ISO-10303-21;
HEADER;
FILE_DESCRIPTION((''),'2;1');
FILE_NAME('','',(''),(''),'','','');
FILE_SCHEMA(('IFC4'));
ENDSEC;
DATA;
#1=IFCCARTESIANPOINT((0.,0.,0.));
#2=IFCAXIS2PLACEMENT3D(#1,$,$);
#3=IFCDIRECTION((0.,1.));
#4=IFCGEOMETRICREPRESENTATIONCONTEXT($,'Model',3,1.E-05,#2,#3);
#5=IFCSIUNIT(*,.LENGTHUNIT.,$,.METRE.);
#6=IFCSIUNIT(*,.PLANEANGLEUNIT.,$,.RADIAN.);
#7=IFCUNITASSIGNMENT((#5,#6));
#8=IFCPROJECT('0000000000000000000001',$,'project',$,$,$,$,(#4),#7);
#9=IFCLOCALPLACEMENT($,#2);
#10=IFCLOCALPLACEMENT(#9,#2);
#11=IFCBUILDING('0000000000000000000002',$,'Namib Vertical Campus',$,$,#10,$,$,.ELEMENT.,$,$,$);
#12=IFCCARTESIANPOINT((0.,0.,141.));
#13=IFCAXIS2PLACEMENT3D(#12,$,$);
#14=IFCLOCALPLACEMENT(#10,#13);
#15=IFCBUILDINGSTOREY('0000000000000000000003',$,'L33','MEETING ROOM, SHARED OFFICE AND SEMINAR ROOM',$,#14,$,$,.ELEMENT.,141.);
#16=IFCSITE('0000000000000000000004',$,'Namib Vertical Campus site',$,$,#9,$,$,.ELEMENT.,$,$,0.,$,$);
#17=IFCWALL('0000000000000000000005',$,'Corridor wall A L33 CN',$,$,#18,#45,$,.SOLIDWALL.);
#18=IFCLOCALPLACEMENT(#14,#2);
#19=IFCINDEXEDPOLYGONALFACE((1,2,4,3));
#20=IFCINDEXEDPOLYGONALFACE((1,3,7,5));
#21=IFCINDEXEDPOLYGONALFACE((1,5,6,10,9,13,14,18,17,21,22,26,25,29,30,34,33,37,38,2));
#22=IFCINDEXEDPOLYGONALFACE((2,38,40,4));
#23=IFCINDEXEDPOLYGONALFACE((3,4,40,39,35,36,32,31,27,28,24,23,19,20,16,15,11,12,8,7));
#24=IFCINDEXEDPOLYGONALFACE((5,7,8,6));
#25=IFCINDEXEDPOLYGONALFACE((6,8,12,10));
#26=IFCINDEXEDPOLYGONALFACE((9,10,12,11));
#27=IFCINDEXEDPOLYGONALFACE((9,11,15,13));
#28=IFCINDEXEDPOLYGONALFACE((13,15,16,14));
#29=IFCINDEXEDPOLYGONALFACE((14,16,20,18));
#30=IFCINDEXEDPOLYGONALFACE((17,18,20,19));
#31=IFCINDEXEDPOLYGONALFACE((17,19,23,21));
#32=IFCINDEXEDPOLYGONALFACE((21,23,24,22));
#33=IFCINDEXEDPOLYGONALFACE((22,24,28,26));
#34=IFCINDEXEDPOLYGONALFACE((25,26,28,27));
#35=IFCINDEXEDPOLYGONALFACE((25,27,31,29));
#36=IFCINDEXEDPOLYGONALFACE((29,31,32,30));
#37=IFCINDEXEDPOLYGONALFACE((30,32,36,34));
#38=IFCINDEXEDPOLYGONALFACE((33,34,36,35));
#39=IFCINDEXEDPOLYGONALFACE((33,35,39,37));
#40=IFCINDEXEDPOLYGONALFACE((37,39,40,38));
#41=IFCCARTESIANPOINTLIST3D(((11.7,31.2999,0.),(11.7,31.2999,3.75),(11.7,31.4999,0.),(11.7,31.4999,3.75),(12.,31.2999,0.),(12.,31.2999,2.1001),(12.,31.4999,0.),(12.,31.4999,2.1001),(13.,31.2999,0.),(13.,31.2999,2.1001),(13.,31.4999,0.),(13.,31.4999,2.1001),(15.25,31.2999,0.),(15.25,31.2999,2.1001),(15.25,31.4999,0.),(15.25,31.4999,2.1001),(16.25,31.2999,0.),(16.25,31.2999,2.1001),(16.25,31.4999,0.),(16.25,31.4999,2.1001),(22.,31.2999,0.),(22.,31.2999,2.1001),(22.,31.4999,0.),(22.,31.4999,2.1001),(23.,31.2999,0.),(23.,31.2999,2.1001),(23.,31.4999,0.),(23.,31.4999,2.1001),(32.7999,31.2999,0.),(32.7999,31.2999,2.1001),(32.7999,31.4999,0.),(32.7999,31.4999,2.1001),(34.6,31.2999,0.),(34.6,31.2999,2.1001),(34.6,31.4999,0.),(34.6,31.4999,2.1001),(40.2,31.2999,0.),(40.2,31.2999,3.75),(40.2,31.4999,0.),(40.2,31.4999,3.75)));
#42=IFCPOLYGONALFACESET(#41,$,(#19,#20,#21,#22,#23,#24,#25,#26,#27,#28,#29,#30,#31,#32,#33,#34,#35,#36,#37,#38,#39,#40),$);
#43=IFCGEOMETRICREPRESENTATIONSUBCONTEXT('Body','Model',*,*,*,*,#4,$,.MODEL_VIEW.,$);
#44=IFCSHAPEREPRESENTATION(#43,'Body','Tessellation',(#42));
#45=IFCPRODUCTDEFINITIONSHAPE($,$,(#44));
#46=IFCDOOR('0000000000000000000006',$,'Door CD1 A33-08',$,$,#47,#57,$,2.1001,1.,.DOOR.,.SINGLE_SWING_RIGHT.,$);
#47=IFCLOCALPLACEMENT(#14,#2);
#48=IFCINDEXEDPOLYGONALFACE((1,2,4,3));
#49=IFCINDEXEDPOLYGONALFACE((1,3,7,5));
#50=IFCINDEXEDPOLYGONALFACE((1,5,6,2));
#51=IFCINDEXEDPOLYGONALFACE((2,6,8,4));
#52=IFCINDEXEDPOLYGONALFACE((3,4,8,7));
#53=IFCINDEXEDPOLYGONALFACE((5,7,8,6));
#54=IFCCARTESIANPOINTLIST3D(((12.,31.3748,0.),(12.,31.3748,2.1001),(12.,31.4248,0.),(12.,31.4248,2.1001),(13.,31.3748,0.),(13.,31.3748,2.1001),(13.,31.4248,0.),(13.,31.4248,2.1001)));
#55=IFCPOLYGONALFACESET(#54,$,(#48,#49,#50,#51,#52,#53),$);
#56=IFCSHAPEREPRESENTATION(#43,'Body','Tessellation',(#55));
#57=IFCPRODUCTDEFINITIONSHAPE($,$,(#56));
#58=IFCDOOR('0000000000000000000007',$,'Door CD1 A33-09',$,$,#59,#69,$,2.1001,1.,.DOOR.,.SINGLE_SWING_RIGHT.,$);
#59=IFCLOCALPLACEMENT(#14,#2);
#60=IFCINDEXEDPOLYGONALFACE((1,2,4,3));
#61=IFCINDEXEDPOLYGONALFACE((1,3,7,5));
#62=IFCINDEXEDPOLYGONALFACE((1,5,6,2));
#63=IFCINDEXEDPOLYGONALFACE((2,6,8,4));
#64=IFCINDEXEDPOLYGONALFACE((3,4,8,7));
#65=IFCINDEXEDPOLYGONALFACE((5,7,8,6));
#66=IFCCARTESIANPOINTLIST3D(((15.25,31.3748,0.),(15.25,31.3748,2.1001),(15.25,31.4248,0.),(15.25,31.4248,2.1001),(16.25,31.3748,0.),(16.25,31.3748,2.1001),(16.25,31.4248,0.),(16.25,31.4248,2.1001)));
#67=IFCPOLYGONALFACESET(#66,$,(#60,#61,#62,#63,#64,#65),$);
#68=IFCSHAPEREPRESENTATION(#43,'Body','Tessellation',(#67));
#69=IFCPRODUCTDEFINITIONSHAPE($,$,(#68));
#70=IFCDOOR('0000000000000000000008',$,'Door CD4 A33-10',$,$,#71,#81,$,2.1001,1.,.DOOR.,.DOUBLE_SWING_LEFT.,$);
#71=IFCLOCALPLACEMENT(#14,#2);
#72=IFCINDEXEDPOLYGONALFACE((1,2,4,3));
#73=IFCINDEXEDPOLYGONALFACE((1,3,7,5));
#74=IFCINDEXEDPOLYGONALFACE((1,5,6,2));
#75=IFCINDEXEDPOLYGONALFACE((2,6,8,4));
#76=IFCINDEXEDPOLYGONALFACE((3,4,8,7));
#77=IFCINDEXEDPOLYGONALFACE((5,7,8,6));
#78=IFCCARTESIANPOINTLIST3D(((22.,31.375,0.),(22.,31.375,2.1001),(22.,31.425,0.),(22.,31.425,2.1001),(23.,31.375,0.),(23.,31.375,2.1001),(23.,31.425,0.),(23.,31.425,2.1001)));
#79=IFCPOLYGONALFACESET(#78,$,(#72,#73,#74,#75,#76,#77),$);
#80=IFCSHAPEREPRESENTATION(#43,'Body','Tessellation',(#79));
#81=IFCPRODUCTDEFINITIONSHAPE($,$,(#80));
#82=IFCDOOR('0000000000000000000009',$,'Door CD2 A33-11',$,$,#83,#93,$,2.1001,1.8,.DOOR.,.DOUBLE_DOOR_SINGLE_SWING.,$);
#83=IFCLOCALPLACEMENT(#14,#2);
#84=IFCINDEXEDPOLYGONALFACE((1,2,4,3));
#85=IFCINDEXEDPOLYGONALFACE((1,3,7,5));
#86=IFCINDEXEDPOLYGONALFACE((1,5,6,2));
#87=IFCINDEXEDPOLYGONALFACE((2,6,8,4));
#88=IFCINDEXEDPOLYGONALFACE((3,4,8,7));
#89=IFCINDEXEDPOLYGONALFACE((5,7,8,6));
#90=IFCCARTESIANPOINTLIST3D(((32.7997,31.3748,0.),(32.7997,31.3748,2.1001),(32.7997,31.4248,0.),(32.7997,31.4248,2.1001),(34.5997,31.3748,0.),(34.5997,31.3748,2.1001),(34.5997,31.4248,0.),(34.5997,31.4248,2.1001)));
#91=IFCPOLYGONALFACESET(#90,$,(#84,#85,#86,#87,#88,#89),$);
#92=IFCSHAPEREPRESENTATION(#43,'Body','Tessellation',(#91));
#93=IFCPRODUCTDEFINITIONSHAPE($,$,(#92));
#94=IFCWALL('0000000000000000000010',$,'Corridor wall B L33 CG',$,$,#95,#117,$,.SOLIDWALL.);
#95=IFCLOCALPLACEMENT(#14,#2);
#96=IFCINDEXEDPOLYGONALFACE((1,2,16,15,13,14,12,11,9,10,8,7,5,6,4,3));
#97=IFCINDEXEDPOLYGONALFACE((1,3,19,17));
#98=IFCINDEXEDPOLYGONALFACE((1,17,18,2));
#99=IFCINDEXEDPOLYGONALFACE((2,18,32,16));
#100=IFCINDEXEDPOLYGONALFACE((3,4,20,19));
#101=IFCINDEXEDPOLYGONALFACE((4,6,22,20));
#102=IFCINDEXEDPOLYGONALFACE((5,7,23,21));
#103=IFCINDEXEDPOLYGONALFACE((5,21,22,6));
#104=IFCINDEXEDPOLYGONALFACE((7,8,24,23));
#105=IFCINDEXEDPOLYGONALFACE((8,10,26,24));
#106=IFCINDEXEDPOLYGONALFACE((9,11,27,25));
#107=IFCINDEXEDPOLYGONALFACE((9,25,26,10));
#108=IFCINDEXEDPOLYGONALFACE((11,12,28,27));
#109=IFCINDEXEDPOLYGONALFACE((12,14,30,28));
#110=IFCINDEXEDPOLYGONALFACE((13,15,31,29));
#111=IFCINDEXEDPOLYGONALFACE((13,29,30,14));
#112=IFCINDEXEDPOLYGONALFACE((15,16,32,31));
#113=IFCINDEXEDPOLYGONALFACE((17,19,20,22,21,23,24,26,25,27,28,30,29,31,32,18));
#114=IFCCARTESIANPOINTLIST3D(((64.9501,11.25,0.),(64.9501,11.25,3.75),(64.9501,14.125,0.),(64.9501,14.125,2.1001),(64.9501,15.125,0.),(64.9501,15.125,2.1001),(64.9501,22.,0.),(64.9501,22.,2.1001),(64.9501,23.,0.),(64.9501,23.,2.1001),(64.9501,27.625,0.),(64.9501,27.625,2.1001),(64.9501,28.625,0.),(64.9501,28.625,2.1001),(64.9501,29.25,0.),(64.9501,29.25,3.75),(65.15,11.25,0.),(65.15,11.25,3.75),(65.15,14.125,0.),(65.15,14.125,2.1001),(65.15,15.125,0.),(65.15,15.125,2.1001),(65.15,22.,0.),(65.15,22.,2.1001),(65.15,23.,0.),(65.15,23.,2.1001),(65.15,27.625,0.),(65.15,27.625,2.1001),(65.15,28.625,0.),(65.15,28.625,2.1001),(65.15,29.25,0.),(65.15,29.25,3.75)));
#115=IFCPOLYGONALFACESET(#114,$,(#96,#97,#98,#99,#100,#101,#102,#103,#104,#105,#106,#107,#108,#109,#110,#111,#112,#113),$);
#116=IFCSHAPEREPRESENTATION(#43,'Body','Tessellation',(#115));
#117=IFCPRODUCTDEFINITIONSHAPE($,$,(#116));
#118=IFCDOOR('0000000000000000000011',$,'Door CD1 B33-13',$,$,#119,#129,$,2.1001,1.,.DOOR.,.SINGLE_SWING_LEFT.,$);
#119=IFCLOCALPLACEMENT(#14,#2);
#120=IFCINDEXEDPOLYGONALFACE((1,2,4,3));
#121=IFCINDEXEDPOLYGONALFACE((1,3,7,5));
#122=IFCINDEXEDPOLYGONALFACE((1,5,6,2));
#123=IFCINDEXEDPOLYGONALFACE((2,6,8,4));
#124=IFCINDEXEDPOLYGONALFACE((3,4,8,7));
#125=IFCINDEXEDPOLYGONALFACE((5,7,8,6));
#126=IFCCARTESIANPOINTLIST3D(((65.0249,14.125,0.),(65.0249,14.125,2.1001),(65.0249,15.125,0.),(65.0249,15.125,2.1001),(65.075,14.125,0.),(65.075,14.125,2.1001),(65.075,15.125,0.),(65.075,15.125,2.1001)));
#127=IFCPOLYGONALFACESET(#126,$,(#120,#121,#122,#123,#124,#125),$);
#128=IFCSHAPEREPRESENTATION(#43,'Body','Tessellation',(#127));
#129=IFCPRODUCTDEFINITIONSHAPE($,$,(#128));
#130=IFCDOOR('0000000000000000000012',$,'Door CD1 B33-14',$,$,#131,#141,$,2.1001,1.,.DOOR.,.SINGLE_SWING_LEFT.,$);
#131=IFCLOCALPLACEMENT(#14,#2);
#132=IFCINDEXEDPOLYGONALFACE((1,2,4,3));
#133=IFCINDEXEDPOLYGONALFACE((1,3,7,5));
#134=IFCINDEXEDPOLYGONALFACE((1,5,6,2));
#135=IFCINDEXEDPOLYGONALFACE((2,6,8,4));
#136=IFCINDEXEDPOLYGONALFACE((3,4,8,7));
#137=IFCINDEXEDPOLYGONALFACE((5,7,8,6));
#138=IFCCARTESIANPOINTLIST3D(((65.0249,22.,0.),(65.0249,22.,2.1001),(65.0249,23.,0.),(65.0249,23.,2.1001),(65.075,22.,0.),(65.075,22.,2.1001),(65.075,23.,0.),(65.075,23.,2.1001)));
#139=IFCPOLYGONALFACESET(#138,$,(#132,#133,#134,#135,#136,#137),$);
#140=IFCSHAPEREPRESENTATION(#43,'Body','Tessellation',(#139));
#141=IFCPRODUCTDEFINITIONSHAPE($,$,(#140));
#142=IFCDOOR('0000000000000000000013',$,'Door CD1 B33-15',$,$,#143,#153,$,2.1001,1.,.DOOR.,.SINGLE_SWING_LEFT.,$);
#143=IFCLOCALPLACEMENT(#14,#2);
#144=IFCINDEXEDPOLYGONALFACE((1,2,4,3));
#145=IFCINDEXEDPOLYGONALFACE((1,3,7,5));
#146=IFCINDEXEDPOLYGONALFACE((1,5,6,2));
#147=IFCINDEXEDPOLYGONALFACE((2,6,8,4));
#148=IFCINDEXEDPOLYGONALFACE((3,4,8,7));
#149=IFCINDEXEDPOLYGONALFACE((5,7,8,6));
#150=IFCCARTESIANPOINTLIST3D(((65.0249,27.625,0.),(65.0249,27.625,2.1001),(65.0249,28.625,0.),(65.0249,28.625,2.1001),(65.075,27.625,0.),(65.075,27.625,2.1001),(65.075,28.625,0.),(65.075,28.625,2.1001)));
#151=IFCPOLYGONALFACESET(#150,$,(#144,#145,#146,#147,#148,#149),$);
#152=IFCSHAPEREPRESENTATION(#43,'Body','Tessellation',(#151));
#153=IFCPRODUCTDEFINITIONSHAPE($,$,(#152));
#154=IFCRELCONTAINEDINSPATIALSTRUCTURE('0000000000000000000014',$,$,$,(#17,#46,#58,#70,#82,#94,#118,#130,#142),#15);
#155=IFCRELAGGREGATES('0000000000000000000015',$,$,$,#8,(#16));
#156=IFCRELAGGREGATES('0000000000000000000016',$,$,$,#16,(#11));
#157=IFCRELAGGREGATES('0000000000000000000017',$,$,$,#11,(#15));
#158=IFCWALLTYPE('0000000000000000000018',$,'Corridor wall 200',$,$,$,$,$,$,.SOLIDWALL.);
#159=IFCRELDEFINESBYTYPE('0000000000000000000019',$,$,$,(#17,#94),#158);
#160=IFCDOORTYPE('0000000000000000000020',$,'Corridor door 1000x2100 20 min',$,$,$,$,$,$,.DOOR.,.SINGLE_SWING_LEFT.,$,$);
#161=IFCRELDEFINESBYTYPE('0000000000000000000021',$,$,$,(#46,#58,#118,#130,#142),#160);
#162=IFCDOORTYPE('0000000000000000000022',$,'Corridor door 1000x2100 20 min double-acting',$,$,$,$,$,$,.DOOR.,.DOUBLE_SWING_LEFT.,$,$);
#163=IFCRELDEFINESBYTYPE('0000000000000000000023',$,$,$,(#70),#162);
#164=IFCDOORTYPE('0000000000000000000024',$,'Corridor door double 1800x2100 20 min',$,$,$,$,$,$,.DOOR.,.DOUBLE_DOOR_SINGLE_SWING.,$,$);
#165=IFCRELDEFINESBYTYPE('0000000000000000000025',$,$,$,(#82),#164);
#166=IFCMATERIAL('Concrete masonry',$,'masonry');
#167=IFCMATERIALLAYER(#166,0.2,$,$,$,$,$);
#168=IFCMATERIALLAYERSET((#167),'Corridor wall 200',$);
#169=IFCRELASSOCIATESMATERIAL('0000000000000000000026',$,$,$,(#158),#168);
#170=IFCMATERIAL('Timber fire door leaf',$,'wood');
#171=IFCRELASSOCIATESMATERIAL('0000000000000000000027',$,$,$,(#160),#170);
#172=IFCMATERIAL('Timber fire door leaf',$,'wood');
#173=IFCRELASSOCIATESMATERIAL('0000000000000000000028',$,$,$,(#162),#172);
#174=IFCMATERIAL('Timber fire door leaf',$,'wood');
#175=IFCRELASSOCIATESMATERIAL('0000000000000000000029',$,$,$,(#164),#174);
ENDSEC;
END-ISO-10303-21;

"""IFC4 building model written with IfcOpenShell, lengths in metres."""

from ifc_helpers import new_model, si_unit, direction, frame, frame_2d, origin, place, context, subcontext, project, spatial, rectangle, extrude, material, layer, layer_set, type_object, element, fill, save


model = new_model("IFC4")

# Units and contexts
model_context = context("Model", 3, precision=1e-05, world=origin(), true_north=direction((0.0, 1.0)))
body_context = subcontext(model_context, "Body", "Model", "MODEL_VIEW")
ifc_project = project(units=[si_unit("LENGTHUNIT", "METRE"), si_unit("PLANEANGLEUNIT", "RADIAN")], contexts=[model_context])

# Site, building, storey
site_placement = place(None, origin())
site = spatial("IfcSite", under=ifc_project, at=site_placement, Name="Namib Vertical Campus site", CompositionType="ELEMENT", RefElevation=0.0)
building_placement = place(site_placement, origin())
building = spatial("IfcBuilding", under=site, at=building_placement, Name="Namib Vertical Campus", CompositionType="ELEMENT")
storey_placement = place(building_placement, frame((0.0, 0.0, 141.0)))
storey = spatial("IfcBuildingStorey", under=building, at=storey_placement, Name="L33", Description="MEETING ROOM, SHARED OFFICE AND SEMINAR ROOM", CompositionType="ELEMENT", Elevation=141.0)

# Walls, openings, doors
ifc_material_1 = material(Name="Concrete masonry", Category="masonry")
ifc_layer_1 = layer(ifc_material_1, 0.2)
ifc_layer_set_1 = layer_set([ifc_layer_1], Name="Corridor wall 200")
wall_type_1 = type_object("IfcWallType", Name="Corridor wall 200", PredefinedType="SOLIDWALL", material=ifc_layer_set_1)
wall_1_placement = place(storey_placement, frame((40.2, 31.3999, 0.0), z_axis=(0.0, 0.0, 1.0), x_axis=(-1.0, 0.0, 0.0)))
wall_1 = element("IfcWall", 1, at=wall_1_placement, inside=storey, type_object=wall_type_1, Name="Corridor wall A L33 CN", PredefinedType="SOLIDWALL", context=body_context, shape_type="SweptSolid", body=[
    extrude(rectangle(XDim=28.5, YDim=0.2, at=frame_2d((14.25, 0.0))), origin(), (0.0, 0.0, 1.0), 3.75),
])
opening_1_placement = place(wall_1_placement, frame((27.2, 0.0, 0.0)))
opening_1 = element("IfcOpeningElement", 2, at=opening_1_placement, cuts=wall_1, PredefinedType="OPENING", context=body_context, shape_type="SweptSolid", body=[
    extrude(rectangle(XDim=1.0, YDim=2.1001, at=frame_2d((0.5, 1.05))), frame((0.0, 0.1099, 0.0), z_axis=(0.0, -1.0, 0.0), x_axis=(1.0, 0.0, 0.0)), (0.0, 0.0, 1.0), 0.22),
])
opening_2_placement = place(wall_1_placement, frame((23.95, 0.0, 0.0)))
opening_2 = element("IfcOpeningElement", 3, at=opening_2_placement, cuts=wall_1, PredefinedType="OPENING", context=body_context, shape_type="SweptSolid", body=[
    extrude(rectangle(XDim=1.0, YDim=2.1001, at=frame_2d((0.5, 1.05))), frame((0.0, 0.1099, 0.0), z_axis=(0.0, -1.0, 0.0), x_axis=(1.0, 0.0, 0.0)), (0.0, 0.0, 1.0), 0.22),
])
opening_3_placement = place(wall_1_placement, frame((17.2, 0.0, 0.0)))
opening_3 = element("IfcOpeningElement", 4, at=opening_3_placement, cuts=wall_1, PredefinedType="OPENING", context=body_context, shape_type="SweptSolid", body=[
    extrude(rectangle(XDim=1.0, YDim=2.1001, at=frame_2d((0.5, 1.05))), frame((0.0, 0.1099, 0.0), z_axis=(0.0, -1.0, 0.0), x_axis=(1.0, 0.0, 0.0)), (0.0, 0.0, 1.0), 0.22),
])
opening_4_placement = place(wall_1_placement, frame((5.6001, 0.0, 0.0)))
opening_4 = element("IfcOpeningElement", 5, at=opening_4_placement, cuts=wall_1, PredefinedType="OPENING", context=body_context, shape_type="SweptSolid", body=[
    extrude(rectangle(XDim=1.8, YDim=2.1001, at=frame_2d((0.8999, 1.05))), frame((0.0, 0.1099, 0.0), z_axis=(0.0, -1.0, 0.0), x_axis=(1.0, 0.0, 0.0)), (0.0, 0.0, 1.0), 0.22),
])
ifc_material_2 = material(Name="Timber fire door leaf", Category="wood")
door_type_1 = type_object("IfcDoorType", Name="Corridor door 1000x2100 20 min", OperationType="SINGLE_SWING_LEFT", PredefinedType="DOOR", material=ifc_material_2)
door_1_placement = place(opening_1_placement, frame((1.0, 0.0, 0.0), z_axis=(0.0, 0.0, 1.0), x_axis=(-1.0, 0.0, 0.0)))
door_1 = element("IfcDoor", 6, at=door_1_placement, inside=storey, type_object=door_type_1, Name="Door CD1 A33-08", OperationType="SINGLE_SWING_RIGHT", OverallHeight=2.1001, OverallWidth=1.0, PredefinedType="DOOR", context=body_context, shape_type="SweptSolid", body=[
    extrude(rectangle(XDim=1.0, YDim=2.1001, at=frame_2d((0.5, 1.05))), frame((0.0, 0.0249, 0.0), z_axis=(0.0, -1.0, 0.0), x_axis=(1.0, 0.0, 0.0)), (0.0, 0.0, 1.0), 0.05),
])
fill(opening_1, door_1)
door_2_placement = place(opening_2_placement, frame((1.0, 0.0, 0.0), z_axis=(0.0, 0.0, 1.0), x_axis=(-1.0, 0.0, 0.0)))
door_2 = element("IfcDoor", 7, at=door_2_placement, inside=storey, type_object=door_type_1, Name="Door CD1 A33-09", OperationType="SINGLE_SWING_RIGHT", OverallHeight=2.1001, OverallWidth=1.0, PredefinedType="DOOR", context=body_context, shape_type="SweptSolid", body=[
    extrude(rectangle(XDim=1.0, YDim=2.1001, at=frame_2d((0.5, 1.05))), frame((0.0, 0.0249, 0.0), z_axis=(0.0, -1.0, 0.0), x_axis=(1.0, 0.0, 0.0)), (0.0, 0.0, 1.0), 0.05),
])
fill(opening_2, door_2)
ifc_material_3 = material(Name="Timber fire door leaf", Category="wood")
door_type_2 = type_object("IfcDoorType", Name="Corridor door 1000x2100 20 min double-acting", OperationType="DOUBLE_SWING_LEFT", PredefinedType="DOOR", material=ifc_material_3)
door_3_placement = place(opening_3_placement, origin())
door_3 = element("IfcDoor", 8, at=door_3_placement, inside=storey, type_object=door_type_2, Name="Door CD4 A33-10", OperationType="DOUBLE_SWING_LEFT", OverallHeight=2.1001, OverallWidth=1.0, PredefinedType="DOOR", context=body_context, shape_type="SweptSolid", body=[
    extrude(rectangle(XDim=1.0, YDim=2.1001, at=frame_2d((0.5, 1.05))), frame((0.0, 0.0249, 0.0), z_axis=(0.0, -1.0, 0.0), x_axis=(1.0, 0.0, 0.0)), (0.0, 0.0, 1.0), 0.05),
])
fill(opening_3, door_3)
ifc_material_4 = material(Name="Timber fire door leaf", Category="wood")
door_type_3 = type_object("IfcDoorType", Name="Corridor door double 1800x2100 20 min", OperationType="DOUBLE_DOOR_SINGLE_SWING", PredefinedType="DOOR", material=ifc_material_4)
door_4_placement = place(opening_4_placement, frame((1.8, 0.0, 0.0), z_axis=(0.0, 0.0, 1.0), x_axis=(-1.0, 0.0, 0.0)))
door_4 = element("IfcDoor", 9, at=door_4_placement, inside=storey, type_object=door_type_3, Name="Door CD2 A33-11", OperationType="DOUBLE_DOOR_SINGLE_SWING", OverallHeight=2.1001, OverallWidth=1.8, PredefinedType="DOOR", context=body_context, shape_type="SweptSolid", body=[
    extrude(rectangle(XDim=1.8, YDim=2.1001, at=frame_2d((0.8999, 1.05))), frame((0.0, 0.0249, 0.0), z_axis=(0.0, -1.0, 0.0), x_axis=(1.0, 0.0, 0.0)), (0.0, 0.0, 1.0), 0.05),
])
fill(opening_4, door_4)
wall_2_placement = place(storey_placement, frame((65.05, 29.25, 0.0), z_axis=(0.0, 0.0, 1.0), x_axis=(0.0, -1.0, 0.0)))
wall_2 = element("IfcWall", 10, at=wall_2_placement, inside=storey, type_object=wall_type_1, Name="Corridor wall B L33 CG", PredefinedType="SOLIDWALL", context=body_context, shape_type="SweptSolid", body=[
    extrude(rectangle(XDim=18.0, YDim=0.2, at=frame_2d((9.0, 0.0))), origin(), (0.0, 0.0, 1.0), 3.75),
])
opening_5_placement = place(wall_2_placement, frame((14.125, 0.0, 0.0)))
opening_5 = element("IfcOpeningElement", 11, at=opening_5_placement, cuts=wall_2, PredefinedType="OPENING", context=body_context, shape_type="SweptSolid", body=[
    extrude(rectangle(XDim=1.0, YDim=2.1001, at=frame_2d((0.5, 1.05))), frame((0.0, 0.1099, 0.0), z_axis=(0.0, -1.0, 0.0), x_axis=(1.0, 0.0, 0.0)), (0.0, 0.0, 1.0), 0.22),
])
opening_6_placement = place(wall_2_placement, frame((6.25, 0.0, 0.0)))
opening_6 = element("IfcOpeningElement", 12, at=opening_6_placement, cuts=wall_2, PredefinedType="OPENING", context=body_context, shape_type="SweptSolid", body=[
    extrude(rectangle(XDim=1.0, YDim=2.1001, at=frame_2d((0.5, 1.05))), frame((0.0, 0.1099, 0.0), z_axis=(0.0, -1.0, 0.0), x_axis=(1.0, 0.0, 0.0)), (0.0, 0.0, 1.0), 0.22),
])
opening_7_placement = place(wall_2_placement, frame((0.625, 0.0, 0.0)))
opening_7 = element("IfcOpeningElement", 13, at=opening_7_placement, cuts=wall_2, PredefinedType="OPENING", context=body_context, shape_type="SweptSolid", body=[
    extrude(rectangle(XDim=1.0, YDim=2.1001, at=frame_2d((0.5, 1.05))), frame((0.0, 0.1099, 0.0), z_axis=(0.0, -1.0, 0.0), x_axis=(1.0, 0.0, 0.0)), (0.0, 0.0, 1.0), 0.22),
])
door_5_placement = place(opening_5_placement, origin())
door_5 = element("IfcDoor", 14, at=door_5_placement, inside=storey, type_object=door_type_1, Name="Door CD1 B33-13", OperationType="SINGLE_SWING_LEFT", OverallHeight=2.1001, OverallWidth=1.0, PredefinedType="DOOR", context=body_context, shape_type="SweptSolid", body=[
    extrude(rectangle(XDim=1.0, YDim=2.1001, at=frame_2d((0.5, 1.05))), frame((0.0, 0.0249, 0.0), z_axis=(0.0, -1.0, 0.0), x_axis=(1.0, 0.0, 0.0)), (0.0, 0.0, 1.0), 0.05),
])
fill(opening_5, door_5)
door_6_placement = place(opening_6_placement, origin())
door_6 = element("IfcDoor", 15, at=door_6_placement, inside=storey, type_object=door_type_1, Name="Door CD1 B33-14", OperationType="SINGLE_SWING_LEFT", OverallHeight=2.1001, OverallWidth=1.0, PredefinedType="DOOR", context=body_context, shape_type="SweptSolid", body=[
    extrude(rectangle(XDim=1.0, YDim=2.1001, at=frame_2d((0.5, 1.05))), frame((0.0, 0.0249, 0.0), z_axis=(0.0, -1.0, 0.0), x_axis=(1.0, 0.0, 0.0)), (0.0, 0.0, 1.0), 0.05),
])
fill(opening_6, door_6)
door_7_placement = place(opening_7_placement, origin())
door_7 = element("IfcDoor", 16, at=door_7_placement, inside=storey, type_object=door_type_1, Name="Door CD1 B33-15", OperationType="SINGLE_SWING_LEFT", OverallHeight=2.1001, OverallWidth=1.0, PredefinedType="DOOR", context=body_context, shape_type="SweptSolid", body=[
    extrude(rectangle(XDim=1.0, YDim=2.1001, at=frame_2d((0.5, 1.05))), frame((0.0, 0.0249, 0.0), z_axis=(0.0, -1.0, 0.0), x_axis=(1.0, 0.0, 0.0)), (0.0, 0.0, 1.0), 0.05),
])
fill(opening_7, door_7)

save(model, "model.ifc")
